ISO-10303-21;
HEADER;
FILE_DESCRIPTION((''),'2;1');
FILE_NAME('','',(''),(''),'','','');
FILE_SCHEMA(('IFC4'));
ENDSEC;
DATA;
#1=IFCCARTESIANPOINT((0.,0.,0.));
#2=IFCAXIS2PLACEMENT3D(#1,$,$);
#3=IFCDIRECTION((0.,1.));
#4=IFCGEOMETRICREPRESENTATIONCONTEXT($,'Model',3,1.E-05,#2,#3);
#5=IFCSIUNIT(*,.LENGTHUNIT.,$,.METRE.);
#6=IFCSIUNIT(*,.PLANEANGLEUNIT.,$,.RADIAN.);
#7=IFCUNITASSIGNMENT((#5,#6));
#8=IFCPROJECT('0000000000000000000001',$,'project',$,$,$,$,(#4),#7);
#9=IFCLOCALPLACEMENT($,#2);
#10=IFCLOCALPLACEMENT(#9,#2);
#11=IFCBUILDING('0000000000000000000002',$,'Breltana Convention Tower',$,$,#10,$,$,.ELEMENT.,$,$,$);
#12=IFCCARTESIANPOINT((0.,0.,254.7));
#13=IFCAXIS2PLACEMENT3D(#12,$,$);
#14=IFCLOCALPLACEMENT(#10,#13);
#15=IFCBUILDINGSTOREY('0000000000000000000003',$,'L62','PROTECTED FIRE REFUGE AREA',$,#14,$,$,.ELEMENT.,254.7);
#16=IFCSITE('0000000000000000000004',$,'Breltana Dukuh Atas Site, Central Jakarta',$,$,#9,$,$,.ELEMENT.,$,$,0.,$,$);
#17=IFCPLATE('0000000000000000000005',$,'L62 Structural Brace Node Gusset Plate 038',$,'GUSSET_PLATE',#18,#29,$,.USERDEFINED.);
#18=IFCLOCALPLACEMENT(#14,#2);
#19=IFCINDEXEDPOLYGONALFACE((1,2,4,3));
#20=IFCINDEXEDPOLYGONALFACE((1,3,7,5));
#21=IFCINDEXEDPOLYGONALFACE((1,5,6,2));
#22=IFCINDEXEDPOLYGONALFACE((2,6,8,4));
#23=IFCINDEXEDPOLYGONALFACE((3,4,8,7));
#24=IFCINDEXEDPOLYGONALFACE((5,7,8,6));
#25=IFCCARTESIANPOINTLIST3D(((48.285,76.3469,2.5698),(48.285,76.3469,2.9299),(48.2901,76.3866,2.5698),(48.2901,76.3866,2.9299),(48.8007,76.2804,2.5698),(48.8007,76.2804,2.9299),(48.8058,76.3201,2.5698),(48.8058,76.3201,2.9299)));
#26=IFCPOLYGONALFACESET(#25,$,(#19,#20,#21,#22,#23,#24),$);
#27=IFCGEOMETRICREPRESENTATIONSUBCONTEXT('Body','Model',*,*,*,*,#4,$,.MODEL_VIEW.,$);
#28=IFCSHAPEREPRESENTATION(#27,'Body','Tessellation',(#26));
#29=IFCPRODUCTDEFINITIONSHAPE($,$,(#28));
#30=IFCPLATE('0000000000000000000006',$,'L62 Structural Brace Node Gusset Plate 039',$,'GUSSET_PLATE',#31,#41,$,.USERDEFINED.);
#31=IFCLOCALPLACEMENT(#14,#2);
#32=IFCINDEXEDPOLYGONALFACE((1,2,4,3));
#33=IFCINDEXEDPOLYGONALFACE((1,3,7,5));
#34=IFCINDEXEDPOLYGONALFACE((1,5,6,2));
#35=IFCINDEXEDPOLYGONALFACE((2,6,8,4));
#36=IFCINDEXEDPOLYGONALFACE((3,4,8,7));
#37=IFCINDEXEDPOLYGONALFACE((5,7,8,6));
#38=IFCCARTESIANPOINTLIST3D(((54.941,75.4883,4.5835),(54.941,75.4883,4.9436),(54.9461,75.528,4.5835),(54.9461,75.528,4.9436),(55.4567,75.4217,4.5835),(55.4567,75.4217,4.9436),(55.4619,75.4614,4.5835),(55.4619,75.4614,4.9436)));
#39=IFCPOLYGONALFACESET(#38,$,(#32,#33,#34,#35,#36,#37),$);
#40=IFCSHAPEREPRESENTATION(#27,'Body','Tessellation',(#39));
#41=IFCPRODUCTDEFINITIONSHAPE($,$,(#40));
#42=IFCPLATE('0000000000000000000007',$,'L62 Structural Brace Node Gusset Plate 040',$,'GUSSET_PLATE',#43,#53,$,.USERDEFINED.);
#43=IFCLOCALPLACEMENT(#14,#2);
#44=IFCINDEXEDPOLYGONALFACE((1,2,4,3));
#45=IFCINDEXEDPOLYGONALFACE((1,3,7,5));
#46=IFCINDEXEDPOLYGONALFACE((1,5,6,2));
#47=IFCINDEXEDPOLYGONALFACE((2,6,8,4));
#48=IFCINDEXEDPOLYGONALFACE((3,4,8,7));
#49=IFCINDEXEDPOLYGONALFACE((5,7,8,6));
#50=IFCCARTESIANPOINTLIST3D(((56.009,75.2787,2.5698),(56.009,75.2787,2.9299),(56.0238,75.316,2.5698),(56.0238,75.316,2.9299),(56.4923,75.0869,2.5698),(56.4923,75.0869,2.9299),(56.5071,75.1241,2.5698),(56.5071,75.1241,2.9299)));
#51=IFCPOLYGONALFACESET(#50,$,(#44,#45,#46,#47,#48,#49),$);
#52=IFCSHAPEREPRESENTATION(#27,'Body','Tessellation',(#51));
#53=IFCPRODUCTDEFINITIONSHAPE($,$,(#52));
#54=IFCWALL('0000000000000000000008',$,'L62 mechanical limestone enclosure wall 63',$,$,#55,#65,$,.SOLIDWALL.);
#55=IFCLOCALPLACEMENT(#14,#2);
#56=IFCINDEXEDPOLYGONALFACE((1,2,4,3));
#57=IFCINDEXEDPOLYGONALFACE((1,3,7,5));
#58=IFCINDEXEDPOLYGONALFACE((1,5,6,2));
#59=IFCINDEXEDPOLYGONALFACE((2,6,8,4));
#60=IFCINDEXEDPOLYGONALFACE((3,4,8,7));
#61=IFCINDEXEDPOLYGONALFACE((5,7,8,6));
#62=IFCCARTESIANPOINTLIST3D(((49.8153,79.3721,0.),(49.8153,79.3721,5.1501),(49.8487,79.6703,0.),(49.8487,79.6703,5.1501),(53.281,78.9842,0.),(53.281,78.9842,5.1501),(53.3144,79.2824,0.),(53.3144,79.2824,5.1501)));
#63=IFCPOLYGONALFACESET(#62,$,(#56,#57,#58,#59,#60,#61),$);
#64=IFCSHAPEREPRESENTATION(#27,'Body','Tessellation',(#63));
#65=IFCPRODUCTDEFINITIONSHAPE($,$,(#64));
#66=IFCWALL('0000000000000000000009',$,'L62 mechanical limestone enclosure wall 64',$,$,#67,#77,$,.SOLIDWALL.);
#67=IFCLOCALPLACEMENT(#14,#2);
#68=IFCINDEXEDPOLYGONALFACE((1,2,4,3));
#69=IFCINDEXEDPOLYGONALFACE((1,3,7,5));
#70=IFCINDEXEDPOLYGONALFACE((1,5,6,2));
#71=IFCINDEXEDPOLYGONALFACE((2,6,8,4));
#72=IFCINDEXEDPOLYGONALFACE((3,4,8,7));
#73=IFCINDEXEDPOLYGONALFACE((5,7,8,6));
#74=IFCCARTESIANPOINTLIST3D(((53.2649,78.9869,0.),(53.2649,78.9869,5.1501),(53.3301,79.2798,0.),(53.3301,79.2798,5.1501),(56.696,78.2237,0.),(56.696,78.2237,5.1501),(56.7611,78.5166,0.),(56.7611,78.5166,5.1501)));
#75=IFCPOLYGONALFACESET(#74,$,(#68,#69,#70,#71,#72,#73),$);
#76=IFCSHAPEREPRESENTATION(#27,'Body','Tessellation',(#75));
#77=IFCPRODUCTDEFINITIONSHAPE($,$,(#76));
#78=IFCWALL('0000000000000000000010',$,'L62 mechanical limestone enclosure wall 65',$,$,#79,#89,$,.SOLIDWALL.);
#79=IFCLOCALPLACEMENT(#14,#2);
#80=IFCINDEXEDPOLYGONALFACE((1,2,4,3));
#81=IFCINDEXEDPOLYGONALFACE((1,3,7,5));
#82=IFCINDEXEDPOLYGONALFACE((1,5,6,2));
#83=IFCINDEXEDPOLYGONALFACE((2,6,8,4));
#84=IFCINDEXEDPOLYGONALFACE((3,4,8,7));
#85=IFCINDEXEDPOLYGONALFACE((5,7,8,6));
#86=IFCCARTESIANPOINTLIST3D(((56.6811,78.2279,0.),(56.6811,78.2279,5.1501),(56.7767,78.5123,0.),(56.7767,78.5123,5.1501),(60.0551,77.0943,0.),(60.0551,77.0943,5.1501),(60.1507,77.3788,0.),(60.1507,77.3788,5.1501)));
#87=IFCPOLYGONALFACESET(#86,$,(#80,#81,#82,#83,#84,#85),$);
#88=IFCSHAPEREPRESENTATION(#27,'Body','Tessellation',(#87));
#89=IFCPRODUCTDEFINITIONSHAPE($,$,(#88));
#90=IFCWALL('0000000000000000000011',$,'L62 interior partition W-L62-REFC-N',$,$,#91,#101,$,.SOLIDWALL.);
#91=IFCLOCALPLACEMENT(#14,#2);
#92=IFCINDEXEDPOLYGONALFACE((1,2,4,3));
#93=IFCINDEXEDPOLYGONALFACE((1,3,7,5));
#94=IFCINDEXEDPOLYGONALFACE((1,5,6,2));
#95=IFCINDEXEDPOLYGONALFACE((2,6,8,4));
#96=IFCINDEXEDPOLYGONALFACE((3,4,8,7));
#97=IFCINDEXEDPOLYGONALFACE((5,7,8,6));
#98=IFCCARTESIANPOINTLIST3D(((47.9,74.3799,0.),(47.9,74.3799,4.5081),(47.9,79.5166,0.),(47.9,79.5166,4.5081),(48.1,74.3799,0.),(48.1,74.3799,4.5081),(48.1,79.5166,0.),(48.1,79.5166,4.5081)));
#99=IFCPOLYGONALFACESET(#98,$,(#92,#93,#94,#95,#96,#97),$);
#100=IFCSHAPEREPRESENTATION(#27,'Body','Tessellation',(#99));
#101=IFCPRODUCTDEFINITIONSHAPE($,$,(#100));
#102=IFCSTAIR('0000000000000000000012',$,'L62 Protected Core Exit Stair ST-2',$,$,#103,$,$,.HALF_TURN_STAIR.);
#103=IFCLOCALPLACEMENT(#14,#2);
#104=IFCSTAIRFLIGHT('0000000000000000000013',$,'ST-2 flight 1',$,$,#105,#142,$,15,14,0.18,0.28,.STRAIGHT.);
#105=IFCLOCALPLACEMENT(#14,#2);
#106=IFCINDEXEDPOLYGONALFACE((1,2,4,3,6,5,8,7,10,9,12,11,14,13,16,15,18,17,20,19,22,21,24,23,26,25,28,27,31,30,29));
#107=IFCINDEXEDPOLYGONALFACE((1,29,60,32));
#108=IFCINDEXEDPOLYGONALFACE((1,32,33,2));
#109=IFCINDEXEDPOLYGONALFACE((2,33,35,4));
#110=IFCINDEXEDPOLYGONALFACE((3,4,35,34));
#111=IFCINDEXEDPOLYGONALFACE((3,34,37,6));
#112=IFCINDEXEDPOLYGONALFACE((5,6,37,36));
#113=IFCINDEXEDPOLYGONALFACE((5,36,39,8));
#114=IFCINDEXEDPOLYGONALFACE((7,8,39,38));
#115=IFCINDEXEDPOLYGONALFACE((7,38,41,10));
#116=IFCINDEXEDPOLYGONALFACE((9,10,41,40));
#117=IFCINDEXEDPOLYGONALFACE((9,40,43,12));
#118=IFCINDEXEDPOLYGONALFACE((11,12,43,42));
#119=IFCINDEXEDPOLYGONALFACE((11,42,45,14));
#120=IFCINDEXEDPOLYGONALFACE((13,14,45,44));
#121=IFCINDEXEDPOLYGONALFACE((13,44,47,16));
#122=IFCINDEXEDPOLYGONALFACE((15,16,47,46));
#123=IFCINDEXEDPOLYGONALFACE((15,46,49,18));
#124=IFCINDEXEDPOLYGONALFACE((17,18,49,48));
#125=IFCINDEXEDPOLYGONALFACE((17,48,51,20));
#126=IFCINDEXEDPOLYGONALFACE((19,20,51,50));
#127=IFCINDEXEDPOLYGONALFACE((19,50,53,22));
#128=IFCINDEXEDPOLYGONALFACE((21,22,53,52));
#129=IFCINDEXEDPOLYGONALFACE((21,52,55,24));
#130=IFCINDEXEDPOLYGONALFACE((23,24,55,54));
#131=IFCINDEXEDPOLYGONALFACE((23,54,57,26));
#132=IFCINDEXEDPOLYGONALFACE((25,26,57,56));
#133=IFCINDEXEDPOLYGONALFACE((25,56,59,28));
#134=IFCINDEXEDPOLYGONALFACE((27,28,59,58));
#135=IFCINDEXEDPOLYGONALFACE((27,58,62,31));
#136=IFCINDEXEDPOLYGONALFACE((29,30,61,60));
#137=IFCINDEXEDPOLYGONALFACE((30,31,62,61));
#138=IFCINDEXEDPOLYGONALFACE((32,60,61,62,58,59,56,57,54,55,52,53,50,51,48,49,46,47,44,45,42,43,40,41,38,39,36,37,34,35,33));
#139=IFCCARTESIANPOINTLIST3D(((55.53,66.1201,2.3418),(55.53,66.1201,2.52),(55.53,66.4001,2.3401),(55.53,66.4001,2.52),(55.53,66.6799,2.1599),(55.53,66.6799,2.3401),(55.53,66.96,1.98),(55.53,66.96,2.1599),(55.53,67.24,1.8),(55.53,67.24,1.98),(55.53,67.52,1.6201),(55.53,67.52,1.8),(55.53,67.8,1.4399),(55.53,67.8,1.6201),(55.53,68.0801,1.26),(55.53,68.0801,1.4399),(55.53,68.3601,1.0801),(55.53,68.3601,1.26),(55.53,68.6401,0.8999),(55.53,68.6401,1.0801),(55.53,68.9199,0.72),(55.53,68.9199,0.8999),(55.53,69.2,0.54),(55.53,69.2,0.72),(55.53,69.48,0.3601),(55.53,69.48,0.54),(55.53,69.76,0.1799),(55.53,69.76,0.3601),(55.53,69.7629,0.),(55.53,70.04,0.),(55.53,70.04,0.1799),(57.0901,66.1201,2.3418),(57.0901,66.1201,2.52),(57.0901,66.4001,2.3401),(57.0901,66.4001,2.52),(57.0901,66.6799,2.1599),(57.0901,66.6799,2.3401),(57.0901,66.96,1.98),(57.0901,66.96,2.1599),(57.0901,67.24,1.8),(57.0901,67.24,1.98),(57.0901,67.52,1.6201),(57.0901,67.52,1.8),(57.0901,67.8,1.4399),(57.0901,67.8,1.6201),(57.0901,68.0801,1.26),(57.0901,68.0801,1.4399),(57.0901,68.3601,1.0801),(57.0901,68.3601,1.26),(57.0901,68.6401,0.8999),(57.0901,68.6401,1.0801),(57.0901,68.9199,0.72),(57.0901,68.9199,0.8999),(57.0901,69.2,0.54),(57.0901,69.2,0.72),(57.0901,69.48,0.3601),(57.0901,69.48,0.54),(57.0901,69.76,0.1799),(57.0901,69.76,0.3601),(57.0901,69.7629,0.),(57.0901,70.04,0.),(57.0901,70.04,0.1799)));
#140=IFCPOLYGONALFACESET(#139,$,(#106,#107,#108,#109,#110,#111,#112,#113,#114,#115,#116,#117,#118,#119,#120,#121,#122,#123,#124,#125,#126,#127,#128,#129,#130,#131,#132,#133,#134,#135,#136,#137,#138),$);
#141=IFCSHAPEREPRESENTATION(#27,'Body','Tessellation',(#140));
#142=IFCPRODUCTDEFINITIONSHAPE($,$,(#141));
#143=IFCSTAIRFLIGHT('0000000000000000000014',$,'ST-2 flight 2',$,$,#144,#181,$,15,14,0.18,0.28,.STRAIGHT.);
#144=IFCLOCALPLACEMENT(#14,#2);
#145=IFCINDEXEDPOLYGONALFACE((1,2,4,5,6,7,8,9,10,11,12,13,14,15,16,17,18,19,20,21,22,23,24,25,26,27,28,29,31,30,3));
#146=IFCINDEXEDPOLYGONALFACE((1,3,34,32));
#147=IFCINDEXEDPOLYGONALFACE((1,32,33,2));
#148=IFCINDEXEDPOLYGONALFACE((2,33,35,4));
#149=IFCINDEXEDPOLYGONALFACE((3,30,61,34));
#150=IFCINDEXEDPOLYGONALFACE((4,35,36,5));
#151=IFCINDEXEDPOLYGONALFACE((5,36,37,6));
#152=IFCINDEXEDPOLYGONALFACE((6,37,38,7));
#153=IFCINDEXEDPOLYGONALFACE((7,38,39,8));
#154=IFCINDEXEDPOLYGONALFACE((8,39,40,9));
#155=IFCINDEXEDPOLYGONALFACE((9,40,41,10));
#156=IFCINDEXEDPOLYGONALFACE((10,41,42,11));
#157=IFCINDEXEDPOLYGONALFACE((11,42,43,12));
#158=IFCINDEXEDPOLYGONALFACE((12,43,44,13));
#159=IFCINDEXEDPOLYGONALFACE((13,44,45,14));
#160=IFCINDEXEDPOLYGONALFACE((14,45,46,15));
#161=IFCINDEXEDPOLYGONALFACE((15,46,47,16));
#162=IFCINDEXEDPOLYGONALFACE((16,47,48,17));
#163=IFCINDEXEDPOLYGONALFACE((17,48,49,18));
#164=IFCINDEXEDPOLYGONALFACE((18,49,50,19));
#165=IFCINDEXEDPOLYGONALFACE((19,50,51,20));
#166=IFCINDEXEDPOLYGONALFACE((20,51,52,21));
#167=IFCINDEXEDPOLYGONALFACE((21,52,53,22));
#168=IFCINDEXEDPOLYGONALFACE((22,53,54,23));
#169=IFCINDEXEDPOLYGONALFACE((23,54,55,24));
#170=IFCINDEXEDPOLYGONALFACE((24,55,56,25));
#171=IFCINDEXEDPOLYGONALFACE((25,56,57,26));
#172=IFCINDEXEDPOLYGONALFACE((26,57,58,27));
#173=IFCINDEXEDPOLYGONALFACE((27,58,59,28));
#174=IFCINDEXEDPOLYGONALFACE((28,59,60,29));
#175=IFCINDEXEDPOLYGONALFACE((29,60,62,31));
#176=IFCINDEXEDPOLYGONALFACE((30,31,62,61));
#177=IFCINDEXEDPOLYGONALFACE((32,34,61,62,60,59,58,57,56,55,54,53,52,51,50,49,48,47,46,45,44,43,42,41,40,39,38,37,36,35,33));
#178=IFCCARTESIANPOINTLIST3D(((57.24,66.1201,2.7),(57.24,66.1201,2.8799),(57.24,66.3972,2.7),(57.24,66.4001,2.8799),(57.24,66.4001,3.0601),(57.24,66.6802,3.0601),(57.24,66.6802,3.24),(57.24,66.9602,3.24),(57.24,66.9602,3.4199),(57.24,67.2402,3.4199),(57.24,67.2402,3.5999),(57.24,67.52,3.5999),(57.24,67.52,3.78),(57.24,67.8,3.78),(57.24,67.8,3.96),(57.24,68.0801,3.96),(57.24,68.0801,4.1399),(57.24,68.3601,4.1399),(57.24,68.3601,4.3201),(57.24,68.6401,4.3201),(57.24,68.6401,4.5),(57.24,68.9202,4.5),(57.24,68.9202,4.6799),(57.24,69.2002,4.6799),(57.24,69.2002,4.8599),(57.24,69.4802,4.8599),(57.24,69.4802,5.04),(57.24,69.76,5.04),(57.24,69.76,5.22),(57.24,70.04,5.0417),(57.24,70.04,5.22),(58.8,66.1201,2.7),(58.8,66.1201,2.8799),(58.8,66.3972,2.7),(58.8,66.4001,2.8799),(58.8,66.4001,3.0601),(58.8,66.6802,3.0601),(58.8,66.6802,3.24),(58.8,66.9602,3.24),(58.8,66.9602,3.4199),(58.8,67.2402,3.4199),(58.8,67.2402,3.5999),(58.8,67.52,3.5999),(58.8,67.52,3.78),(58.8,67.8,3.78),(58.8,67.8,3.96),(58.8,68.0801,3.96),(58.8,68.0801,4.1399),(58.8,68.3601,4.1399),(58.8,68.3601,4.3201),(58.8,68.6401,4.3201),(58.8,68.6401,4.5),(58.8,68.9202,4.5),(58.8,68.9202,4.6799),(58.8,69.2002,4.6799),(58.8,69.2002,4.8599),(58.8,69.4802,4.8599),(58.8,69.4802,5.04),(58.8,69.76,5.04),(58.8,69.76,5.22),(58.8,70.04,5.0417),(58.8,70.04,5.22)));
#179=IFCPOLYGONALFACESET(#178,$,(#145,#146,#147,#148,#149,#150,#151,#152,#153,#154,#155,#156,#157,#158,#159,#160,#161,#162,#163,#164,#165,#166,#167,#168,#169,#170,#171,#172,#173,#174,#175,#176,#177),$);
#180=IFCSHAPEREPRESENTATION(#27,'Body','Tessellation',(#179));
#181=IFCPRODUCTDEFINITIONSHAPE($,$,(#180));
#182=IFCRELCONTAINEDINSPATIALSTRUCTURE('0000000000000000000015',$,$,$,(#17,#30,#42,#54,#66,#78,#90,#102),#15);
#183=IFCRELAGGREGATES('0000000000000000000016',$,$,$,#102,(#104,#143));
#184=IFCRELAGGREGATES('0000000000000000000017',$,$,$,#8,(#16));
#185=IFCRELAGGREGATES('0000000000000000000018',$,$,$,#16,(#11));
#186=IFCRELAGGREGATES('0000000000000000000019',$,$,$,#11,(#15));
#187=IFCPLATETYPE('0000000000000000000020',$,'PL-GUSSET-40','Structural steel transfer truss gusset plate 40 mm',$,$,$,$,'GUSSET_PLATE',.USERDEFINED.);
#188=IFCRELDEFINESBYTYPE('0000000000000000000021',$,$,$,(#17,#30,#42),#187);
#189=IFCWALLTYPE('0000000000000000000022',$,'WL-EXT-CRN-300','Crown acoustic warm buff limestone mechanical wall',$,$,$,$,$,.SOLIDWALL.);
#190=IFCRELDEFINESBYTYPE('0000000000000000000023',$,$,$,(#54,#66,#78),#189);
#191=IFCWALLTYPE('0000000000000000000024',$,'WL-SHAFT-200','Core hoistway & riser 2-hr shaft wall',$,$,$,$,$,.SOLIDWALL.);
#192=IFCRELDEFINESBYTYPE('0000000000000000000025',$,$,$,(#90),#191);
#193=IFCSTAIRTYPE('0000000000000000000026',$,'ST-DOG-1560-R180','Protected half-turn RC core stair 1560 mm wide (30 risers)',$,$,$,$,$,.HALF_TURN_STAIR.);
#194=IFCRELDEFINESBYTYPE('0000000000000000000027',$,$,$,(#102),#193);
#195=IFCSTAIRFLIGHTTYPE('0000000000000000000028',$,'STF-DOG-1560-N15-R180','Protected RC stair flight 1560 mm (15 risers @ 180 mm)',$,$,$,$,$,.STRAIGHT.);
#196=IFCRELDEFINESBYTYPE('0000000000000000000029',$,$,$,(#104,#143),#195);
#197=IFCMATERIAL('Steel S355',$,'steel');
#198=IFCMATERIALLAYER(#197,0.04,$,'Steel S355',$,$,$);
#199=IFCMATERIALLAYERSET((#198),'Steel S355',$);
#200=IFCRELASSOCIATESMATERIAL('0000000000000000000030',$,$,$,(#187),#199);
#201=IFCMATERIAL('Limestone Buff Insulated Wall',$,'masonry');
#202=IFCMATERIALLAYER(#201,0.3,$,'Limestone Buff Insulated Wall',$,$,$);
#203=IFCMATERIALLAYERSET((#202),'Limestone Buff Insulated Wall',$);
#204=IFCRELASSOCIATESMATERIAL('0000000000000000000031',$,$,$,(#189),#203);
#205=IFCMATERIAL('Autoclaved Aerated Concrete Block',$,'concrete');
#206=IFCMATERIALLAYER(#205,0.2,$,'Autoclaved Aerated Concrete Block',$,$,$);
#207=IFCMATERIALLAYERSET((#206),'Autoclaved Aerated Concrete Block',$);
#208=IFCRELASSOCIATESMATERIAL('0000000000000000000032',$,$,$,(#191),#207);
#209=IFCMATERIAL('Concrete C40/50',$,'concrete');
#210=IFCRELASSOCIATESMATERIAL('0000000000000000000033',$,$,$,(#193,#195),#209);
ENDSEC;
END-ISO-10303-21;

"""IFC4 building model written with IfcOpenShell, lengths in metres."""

from ifc_helpers import new_model, si_unit, direction, frame, frame_2d, origin, origin_2d, place, context, subcontext, project, spatial, polyline, rectangle, outline, extrude, source, transform, mapped, material, layer, layer_set, type_object, element, aggregate, save


model = new_model("IFC4")

# Units and contexts
model_context = context("Model", 3, precision=1e-05, world=origin(), true_north=direction((0.0, 1.0)))
body_context = subcontext(model_context, "Body", "Model", "MODEL_VIEW")
ifc_project = project(units=[si_unit("LENGTHUNIT", "METRE"), si_unit("PLANEANGLEUNIT", "RADIAN")], contexts=[model_context])

# Site, building, storey
site_placement = place(None, origin())
site = spatial("IfcSite", under=ifc_project, at=site_placement, Name="Breltana Dukuh Atas Site, Central Jakarta", CompositionType="ELEMENT", RefElevation=0.0)
building_placement = place(site_placement, origin())
building = spatial("IfcBuilding", under=site, at=building_placement, Name="Breltana Convention Tower", CompositionType="ELEMENT")
storey_placement = place(building_placement, frame((0.0, 0.0, 254.7)))
storey = spatial("IfcBuildingStorey", under=building, at=storey_placement, Name="L62", Description="PROTECTED FIRE REFUGE AREA", CompositionType="ELEMENT", Elevation=254.7)

# Plates
ifc_material_1 = material(Name="Steel S355", Category="steel")
ifc_layer_1 = layer(ifc_material_1, 0.04, Name="Steel S355")
ifc_layer_set_1 = layer_set([ifc_layer_1], Name="Steel S355")
plate_type = type_object("IfcPlateType", Name="PL-GUSSET-40", Description="Structural steel transfer truss gusset plate 40 mm", ElementType="GUSSET_PLATE", PredefinedType="USERDEFINED", material=ifc_layer_set_1)
shared_shape_1 = source(origin(), body_context, "Body", "SweptSolid", [
    extrude(rectangle(XDim=0.52, YDim=0.04, at=origin_2d()), origin(), (0.0, 0.0, 1.0), 0.3601),
])
for number, where, z_axis, x_axis, name in (
    (1, (48.5454, 76.3335, 2.5698), (0.0, 0.0, 1.0), (0.991783, -0.12793, 0.0), "L62 Structural Brace Node Gusset Plate 038"),
    (2, (55.2014, 75.4749, 4.5835), (0.0, 0.0, 1.0), (0.991783, -0.12793, 0.0), "L62 Structural Brace Node Gusset Plate 039"),
    (3, (56.2581, 75.2014, 2.5698), (0.0, 0.0, 1.0), (0.929455, -0.368936, 0.0), "L62 Structural Brace Node Gusset Plate 040"),
):
    element("IfcPlate", number, at=place(storey_placement, frame(where, z_axis=z_axis, x_axis=x_axis)), inside=storey, type_object=plate_type, Name=name, ObjectType="GUSSET_PLATE", PredefinedType="USERDEFINED", context=body_context, shape_type="MappedRepresentation", body=[
        mapped(shared_shape_1, transform((0.0, 0.0, 0.0), scale=1.0)),
    ])

# Walls
ifc_material_2 = material(Name="Limestone Buff Insulated Wall", Category="masonry")
ifc_layer_2 = layer(ifc_material_2, 0.3, Name="Limestone Buff Insulated Wall")
ifc_layer_set_2 = layer_set([ifc_layer_2], Name="Limestone Buff Insulated Wall")
wall_type_1 = type_object("IfcWallType", Name="WL-EXT-CRN-300", Description="Crown acoustic warm buff limestone mechanical wall", PredefinedType="SOLIDWALL", material=ifc_layer_set_2)
shared_shape_2 = source(origin(), body_context, "Body", "SweptSolid", [
    extrude(rectangle(XDim=3.4873, YDim=0.3, at=frame_2d((1.7437, 0.0))), origin(), (0.0, 0.0, 1.0), 5.1501),
])
wall_1_placement = place(storey_placement, frame((49.832, 79.5212, 0.0), z_axis=(0.0, 0.0, 1.0), x_axis=(0.993793, -0.111246, 0.0)))
element("IfcWall", 4, at=wall_1_placement, inside=storey, type_object=wall_type_1, Name="L62 mechanical limestone enclosure wall 63", PredefinedType="SOLIDWALL", context=body_context, shape_type="MappedRepresentation", body=[
    mapped(shared_shape_2, transform((0.0, 0.0, 0.0), scale=1.0)),
])
shared_shape_3 = source(origin(), body_context, "Body", "SweptSolid", [
    extrude(rectangle(XDim=3.5149, YDim=0.3, at=frame_2d((1.7573, 0.0))), origin(), (0.0, 0.0, 1.0), 5.1501),
])
wall_2_placement = place(storey_placement, frame((53.2976, 79.1333, 0.0), z_axis=(0.0, 0.0, 1.0), x_axis=(0.976145, -0.217122, 0.0)))
element("IfcWall", 5, at=wall_2_placement, inside=storey, type_object=wall_type_1, Name="L62 mechanical limestone enclosure wall 64", PredefinedType="SOLIDWALL", context=body_context, shape_type="MappedRepresentation", body=[
    mapped(shared_shape_3, transform((0.0, 0.0, 0.0), scale=1.0)),
])
shared_shape_4 = source(origin(), body_context, "Body", "SweptSolid", [
    extrude(rectangle(XDim=3.5593, YDim=0.3, at=frame_2d((1.7798, 0.0))), origin(), (0.0, 0.0, 1.0), 5.1501),
])
wall_3_placement = place(storey_placement, frame((56.7288, 78.3701, 0.0), z_axis=(0.0, 0.0, 1.0), x_axis=(0.947933, -0.31847, 0.0)))
element("IfcWall", 6, at=wall_3_placement, inside=storey, type_object=wall_type_1, Name="L62 mechanical limestone enclosure wall 65", PredefinedType="SOLIDWALL", context=body_context, shape_type="MappedRepresentation", body=[
    mapped(shared_shape_4, transform((0.0, 0.0, 0.0), scale=1.0)),
])

# Shared definitions
ifc_material_3 = material(Name="Autoclaved Aerated Concrete Block", Category="concrete")
ifc_layer_3 = layer(ifc_material_3, 0.2, Name="Autoclaved Aerated Concrete Block")
ifc_layer_set_3 = layer_set([ifc_layer_3], Name="Autoclaved Aerated Concrete Block")
wall_type_2 = type_object("IfcWallType", Name="WL-SHAFT-200", Description="Core hoistway & riser 2-hr shaft wall", PredefinedType="SOLIDWALL", material=ifc_layer_set_3)

# Wall
shared_shape_5 = source(origin(), body_context, "Body", "SweptSolid", [
    extrude(rectangle(XDim=5.1367, YDim=0.2, at=frame_2d((2.5684, 0.0))), origin(), (0.0, 0.0, 1.0), 4.5081),
])
wall_4_placement = place(storey_placement, frame((48.0, 74.3799, 0.0), z_axis=(0.0, 0.0, 1.0), x_axis=(0.0, 1.0, 0.0)))
element("IfcWall", 7, at=wall_4_placement, inside=storey, type_object=wall_type_2, Name="L62 interior partition W-L62-REFC-N", PredefinedType="SOLIDWALL", context=body_context, shape_type="MappedRepresentation", body=[
    mapped(shared_shape_5, transform((0.0, 0.0, 0.0), scale=1.0)),
])

# Stair, stair flights
ifc_material_4 = material(Name="Concrete C40/50", Category="concrete")
stair_type = type_object("IfcStairType", Name="ST-DOG-1560-R180", Description="Protected half-turn RC core stair 1560 mm wide (30 risers)", PredefinedType="HALF_TURN_STAIR", material=ifc_material_4)
stair_placement = place(storey_placement, origin())
stair = element("IfcStair", 8, at=stair_placement, inside=storey, type_object=stair_type, Name="L62 Protected Core Exit Stair ST-2", PredefinedType="HALF_TURN_STAIR")
stair_flight_type = type_object("IfcStairFlightType", Name="STF-DOG-1560-N15-R180", Description="Protected RC stair flight 1560 mm (15 risers @ 180 mm)", PredefinedType="STRAIGHT", material=ifc_material_4)
stair_flight_1_placement = place(storey_placement, frame((56.3101, 70.04, 0.0), z_axis=(0.0, 0.0, 1.0), x_axis=(0.0, -1.0, 0.0)))
stair_flight_1 = element("IfcStairFlight", 9, at=stair_flight_1_placement, type_object=stair_flight_type, Name="ST-2 flight 1", NumberOfRisers=15, NumberOfTreads=14, PredefinedType="STRAIGHT", RiserHeight=0.18, TreadLength=0.28, context=body_context, shape_type="SweptSolid", body=[
    extrude(outline(polyline([(0.0, 0.0), (0.0, 0.1799), (0.28, 0.1799), (0.28, 0.3601), (0.5601, 0.3601), (0.5601, 0.54), (0.8401, 0.54), (0.8401, 0.72), (1.1201, 0.72), (1.1201, 0.8999), (1.3999, 0.8999), (1.3999, 1.0801), (1.6799, 1.0801), (1.6799, 1.26), (1.96, 1.26), (1.96, 1.4399), (2.24, 1.4399), (2.24, 1.6201), (2.52, 1.6201), (2.52, 1.8), (2.8, 1.8), (2.8, 1.98), (3.0801, 1.98), (3.0801, 2.1599), (3.3601, 2.1599), (3.3601, 2.3401), (3.6399, 2.3401), (3.6399, 2.52), (3.9199, 2.52), (3.9199, 2.7), (3.9199, 2.3418), (0.2771, 0.0), (0.0, 0.0)])), frame((0.0, 0.78, 0.0), z_axis=(0.0, -1.0, 0.0), x_axis=(1.0, 0.0, 0.0)), (0.0, 0.0, 1.0), 1.5601),
])
stair_flight_2_placement = place(storey_placement, frame((58.02, 66.1201, 2.7), z_axis=(0.0, 0.0, 1.0), x_axis=(0.0, 1.0, 0.0)))
stair_flight_2 = element("IfcStairFlight", 10, at=stair_flight_2_placement, type_object=stair_flight_type, Name="ST-2 flight 2", NumberOfRisers=15, NumberOfTreads=14, PredefinedType="STRAIGHT", RiserHeight=0.18, TreadLength=0.28, context=body_context, shape_type="SweptSolid", body=[
    extrude(outline(polyline([(0.0, 0.0), (0.0, 0.1799), (0.28, 0.1799), (0.28, 0.3601), (0.5601, 0.3601), (0.5601, 0.54), (0.8401, 0.54), (0.8401, 0.72), (1.1201, 0.72), (1.1201, 0.8999), (1.3999, 0.8999), (1.3999, 1.0801), (1.6799, 1.0801), (1.6799, 1.26), (1.96, 1.26), (1.96, 1.4399), (2.24, 1.4399), (2.24, 1.6201), (2.52, 1.6201), (2.52, 1.8), (2.8, 1.8), (2.8, 1.98), (3.0801, 1.98), (3.0801, 2.1599), (3.3601, 2.1599), (3.3601, 2.3401), (3.6399, 2.3401), (3.6399, 2.52), (3.9199, 2.52), (3.9199, 2.7), (3.9199, 2.3418), (0.2771, 0.0), (0.0, 0.0)])), frame((0.0, 0.78, 0.0), z_axis=(0.0, -1.0, 0.0), x_axis=(1.0, 0.0, 0.0)), (0.0, 0.0, 1.0), 1.5601),
])
aggregate(stair, [stair_flight_1, stair_flight_2])

save(model, "model.ifc")
